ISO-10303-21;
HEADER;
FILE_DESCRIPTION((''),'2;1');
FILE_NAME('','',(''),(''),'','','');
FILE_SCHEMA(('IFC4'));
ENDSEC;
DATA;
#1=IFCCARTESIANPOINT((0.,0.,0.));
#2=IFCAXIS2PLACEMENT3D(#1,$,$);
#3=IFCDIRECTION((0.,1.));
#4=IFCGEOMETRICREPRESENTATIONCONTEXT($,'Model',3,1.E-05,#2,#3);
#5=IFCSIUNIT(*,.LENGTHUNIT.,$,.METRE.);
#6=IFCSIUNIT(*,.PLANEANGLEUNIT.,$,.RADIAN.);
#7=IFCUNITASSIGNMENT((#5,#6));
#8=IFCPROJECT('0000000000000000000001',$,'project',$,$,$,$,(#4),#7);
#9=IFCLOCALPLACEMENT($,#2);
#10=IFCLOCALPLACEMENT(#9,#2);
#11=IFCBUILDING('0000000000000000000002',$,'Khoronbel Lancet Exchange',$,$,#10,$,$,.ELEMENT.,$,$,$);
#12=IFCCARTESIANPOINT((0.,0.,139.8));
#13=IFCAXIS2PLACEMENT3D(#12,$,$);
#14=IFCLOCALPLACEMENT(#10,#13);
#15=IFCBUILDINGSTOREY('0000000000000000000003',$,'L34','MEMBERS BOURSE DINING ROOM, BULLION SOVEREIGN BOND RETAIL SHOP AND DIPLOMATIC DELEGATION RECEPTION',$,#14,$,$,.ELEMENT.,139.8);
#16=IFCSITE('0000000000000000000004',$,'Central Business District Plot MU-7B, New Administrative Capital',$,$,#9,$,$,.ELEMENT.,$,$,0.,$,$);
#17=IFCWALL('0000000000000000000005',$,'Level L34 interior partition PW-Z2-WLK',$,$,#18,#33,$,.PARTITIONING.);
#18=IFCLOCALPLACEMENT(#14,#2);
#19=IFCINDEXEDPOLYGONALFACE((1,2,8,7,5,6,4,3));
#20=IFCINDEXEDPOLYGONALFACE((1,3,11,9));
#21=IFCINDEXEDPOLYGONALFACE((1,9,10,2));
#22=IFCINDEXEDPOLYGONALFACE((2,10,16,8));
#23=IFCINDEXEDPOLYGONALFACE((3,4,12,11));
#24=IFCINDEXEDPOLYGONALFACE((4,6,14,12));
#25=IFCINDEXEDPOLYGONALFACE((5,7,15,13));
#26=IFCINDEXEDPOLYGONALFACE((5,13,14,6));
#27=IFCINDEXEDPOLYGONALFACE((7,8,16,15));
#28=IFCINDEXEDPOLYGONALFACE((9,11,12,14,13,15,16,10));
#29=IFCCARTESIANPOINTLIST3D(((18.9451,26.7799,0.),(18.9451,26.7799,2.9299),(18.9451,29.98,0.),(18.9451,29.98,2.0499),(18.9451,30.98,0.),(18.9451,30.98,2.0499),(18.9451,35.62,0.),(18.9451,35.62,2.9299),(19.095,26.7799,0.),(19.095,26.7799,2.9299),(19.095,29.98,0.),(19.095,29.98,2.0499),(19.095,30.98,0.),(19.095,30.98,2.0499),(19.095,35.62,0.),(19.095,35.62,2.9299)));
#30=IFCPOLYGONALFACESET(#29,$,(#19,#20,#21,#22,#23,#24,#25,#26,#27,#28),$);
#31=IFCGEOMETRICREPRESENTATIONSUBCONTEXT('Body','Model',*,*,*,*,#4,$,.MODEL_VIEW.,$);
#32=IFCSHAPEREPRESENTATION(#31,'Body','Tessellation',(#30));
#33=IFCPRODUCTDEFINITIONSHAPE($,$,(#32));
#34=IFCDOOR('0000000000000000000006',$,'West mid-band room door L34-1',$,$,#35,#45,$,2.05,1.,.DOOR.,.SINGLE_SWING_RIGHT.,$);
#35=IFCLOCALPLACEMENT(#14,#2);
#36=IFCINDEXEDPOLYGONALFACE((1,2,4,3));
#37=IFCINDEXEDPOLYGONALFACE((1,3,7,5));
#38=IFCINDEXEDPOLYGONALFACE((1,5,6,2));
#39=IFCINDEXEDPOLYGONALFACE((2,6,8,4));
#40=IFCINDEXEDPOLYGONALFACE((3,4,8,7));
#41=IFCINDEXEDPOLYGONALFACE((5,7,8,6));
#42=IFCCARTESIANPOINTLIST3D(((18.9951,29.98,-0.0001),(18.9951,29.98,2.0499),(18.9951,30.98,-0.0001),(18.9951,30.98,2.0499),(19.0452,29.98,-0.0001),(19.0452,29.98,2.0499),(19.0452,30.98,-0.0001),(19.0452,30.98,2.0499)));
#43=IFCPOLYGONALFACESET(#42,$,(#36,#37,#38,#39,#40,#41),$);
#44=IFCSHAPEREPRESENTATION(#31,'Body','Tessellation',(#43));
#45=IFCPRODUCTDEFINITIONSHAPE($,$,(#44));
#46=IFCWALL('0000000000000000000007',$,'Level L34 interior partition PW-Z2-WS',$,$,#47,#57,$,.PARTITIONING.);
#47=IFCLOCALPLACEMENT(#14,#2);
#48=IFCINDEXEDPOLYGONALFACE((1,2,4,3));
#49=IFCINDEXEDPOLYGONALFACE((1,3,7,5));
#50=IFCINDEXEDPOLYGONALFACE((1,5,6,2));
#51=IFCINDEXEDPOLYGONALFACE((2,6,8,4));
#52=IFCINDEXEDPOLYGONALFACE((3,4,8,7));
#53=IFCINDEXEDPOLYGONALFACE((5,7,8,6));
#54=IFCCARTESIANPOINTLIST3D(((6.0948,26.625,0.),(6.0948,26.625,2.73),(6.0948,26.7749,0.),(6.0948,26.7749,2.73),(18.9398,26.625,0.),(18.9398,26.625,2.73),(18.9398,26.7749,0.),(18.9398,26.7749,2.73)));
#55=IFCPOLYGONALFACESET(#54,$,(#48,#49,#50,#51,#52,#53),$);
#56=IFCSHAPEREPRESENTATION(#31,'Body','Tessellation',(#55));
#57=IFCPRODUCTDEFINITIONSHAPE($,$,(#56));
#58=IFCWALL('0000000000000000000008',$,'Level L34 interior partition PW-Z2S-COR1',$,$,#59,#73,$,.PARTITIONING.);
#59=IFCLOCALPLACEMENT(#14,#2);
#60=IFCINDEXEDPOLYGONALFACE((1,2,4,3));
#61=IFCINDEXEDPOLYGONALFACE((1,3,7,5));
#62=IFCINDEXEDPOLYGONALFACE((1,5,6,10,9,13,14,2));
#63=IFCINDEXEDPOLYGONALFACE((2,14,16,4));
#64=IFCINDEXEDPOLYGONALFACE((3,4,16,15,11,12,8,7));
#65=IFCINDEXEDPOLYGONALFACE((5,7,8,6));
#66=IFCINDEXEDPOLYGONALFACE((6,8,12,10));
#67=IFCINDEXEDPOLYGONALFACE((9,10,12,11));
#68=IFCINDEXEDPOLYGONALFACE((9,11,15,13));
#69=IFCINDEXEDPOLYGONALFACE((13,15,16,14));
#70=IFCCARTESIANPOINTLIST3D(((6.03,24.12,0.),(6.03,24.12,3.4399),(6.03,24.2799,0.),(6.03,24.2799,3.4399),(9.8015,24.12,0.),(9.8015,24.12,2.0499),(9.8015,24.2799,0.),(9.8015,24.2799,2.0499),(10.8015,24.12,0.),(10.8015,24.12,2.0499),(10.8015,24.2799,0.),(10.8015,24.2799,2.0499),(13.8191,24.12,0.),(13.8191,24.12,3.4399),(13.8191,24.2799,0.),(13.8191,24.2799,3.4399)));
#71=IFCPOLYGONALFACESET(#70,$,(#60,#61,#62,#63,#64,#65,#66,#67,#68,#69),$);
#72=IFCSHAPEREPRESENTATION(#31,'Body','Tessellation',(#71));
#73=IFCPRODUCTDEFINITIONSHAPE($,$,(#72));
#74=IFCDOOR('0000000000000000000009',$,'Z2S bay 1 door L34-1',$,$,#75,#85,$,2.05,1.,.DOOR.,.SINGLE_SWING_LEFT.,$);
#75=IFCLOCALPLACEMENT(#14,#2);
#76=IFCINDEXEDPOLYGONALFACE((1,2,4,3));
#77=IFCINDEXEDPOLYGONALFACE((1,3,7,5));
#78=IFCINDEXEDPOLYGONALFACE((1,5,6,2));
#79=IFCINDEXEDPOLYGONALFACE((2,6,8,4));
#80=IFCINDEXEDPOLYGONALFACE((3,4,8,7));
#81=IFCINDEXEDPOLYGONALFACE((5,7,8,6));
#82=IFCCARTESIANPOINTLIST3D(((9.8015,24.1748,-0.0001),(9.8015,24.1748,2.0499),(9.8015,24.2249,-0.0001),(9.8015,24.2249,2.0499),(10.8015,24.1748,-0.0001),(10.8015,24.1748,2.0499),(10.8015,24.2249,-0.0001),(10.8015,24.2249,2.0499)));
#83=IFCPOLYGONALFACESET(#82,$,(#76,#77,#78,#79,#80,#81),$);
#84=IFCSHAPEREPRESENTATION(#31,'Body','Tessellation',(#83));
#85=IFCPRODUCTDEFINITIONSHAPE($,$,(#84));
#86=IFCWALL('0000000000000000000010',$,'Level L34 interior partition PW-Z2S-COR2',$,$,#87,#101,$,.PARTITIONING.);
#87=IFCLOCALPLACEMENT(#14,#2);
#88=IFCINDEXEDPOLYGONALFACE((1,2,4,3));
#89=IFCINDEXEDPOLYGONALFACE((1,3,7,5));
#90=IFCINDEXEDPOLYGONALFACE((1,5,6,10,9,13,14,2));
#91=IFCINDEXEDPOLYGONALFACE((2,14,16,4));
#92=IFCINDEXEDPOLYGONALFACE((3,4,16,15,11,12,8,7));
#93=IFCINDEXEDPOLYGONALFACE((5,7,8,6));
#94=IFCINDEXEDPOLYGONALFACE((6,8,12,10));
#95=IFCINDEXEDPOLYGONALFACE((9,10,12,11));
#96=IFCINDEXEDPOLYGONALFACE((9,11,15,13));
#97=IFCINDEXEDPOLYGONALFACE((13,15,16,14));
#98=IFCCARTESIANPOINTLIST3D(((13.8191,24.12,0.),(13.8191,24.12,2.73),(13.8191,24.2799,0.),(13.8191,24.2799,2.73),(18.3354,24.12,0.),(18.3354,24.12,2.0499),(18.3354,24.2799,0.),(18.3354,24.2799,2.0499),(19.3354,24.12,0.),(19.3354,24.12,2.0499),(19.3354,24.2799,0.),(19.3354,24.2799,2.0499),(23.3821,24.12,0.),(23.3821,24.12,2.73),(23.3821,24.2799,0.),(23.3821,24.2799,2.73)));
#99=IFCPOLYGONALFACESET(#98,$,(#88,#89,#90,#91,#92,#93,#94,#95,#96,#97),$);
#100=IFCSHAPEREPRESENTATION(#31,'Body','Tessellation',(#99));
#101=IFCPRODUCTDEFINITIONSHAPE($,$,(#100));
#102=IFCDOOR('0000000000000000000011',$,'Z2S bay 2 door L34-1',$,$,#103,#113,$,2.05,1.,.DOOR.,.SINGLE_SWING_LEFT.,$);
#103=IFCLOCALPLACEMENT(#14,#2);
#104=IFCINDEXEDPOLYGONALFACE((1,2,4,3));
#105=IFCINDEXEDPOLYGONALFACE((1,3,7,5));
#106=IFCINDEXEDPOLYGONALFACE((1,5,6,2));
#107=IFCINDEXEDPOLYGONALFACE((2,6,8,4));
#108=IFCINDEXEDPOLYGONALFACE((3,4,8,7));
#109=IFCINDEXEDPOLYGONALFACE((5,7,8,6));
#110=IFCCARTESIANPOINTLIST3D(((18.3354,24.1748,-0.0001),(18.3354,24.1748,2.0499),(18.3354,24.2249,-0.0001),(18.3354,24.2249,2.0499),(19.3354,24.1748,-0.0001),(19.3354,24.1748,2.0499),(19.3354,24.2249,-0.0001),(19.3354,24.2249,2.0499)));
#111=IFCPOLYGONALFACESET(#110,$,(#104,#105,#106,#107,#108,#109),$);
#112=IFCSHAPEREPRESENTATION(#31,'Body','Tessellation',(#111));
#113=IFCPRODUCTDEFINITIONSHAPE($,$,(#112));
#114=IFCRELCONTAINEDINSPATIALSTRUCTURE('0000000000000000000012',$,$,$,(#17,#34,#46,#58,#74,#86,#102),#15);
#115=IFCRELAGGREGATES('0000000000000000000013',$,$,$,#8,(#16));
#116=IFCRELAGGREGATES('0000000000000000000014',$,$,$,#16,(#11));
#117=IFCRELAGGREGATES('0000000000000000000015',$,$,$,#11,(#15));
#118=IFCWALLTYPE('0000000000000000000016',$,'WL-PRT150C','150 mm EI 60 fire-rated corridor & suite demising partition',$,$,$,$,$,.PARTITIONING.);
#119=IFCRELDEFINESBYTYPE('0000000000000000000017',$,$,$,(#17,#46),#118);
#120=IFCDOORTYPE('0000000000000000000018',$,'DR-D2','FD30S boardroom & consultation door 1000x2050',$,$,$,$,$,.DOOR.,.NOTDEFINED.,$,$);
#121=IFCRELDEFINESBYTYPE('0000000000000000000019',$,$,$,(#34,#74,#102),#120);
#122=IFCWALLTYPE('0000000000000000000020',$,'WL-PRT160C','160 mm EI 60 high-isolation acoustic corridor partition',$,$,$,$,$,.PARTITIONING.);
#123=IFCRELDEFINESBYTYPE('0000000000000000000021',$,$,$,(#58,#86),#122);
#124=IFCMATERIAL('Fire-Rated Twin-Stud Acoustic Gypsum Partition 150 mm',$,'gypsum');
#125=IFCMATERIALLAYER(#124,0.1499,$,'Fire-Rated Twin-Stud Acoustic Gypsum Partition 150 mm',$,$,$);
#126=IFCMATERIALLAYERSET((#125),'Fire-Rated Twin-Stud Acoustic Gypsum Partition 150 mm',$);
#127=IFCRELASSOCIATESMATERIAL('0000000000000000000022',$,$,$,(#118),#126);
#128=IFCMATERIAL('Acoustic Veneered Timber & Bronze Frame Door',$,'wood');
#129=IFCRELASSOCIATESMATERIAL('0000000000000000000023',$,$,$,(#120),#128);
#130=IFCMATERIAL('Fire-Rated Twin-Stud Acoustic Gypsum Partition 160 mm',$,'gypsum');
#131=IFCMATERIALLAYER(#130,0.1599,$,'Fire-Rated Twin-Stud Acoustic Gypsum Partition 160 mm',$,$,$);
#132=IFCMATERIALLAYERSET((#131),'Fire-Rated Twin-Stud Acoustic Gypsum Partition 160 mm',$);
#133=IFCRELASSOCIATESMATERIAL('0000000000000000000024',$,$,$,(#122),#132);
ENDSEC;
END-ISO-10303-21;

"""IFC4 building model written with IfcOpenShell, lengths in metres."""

from ifc_helpers import new_model, si_unit, direction, frame, frame_2d, origin, place, context, subcontext, project, spatial, rectangle, extrude, material, layer, layer_set, type_object, element, fill, save


model = new_model("IFC4")

# Units and contexts
model_context = context("Model", 3, precision=1e-05, world=origin(), true_north=direction((0.0, 1.0)))
body_context = subcontext(model_context, "Body", "Model", "MODEL_VIEW")
ifc_project = project(units=[si_unit("LENGTHUNIT", "METRE"), si_unit("PLANEANGLEUNIT", "RADIAN")], contexts=[model_context])

# Site, building, storey
site_placement = place(None, origin())
site = spatial("IfcSite", under=ifc_project, at=site_placement, Name="Central Business District Plot MU-7B, New Administrative Capital", CompositionType="ELEMENT", RefElevation=0.0)
building_placement = place(site_placement, origin())
building = spatial("IfcBuilding", under=site, at=building_placement, Name="Khoronbel Lancet Exchange", CompositionType="ELEMENT")
storey_placement = place(building_placement, frame((0.0, 0.0, 139.8)))
storey = spatial("IfcBuildingStorey", under=building, at=storey_placement, Name="L34", Description="MEMBERS BOURSE DINING ROOM, BULLION SOVEREIGN BOND RETAIL SHOP AND DIPLOMATIC DELEGATION RECEPTION", CompositionType="ELEMENT", Elevation=139.8)

# Wall, opening, door
ifc_material_1 = material(Name="Fire-Rated Twin-Stud Acoustic Gypsum Partition 150 mm", Category="gypsum")
ifc_layer_1 = layer(ifc_material_1, 0.1499, Name="Fire-Rated Twin-Stud Acoustic Gypsum Partition 150 mm")
ifc_layer_set_1 = layer_set([ifc_layer_1], Name="Fire-Rated Twin-Stud Acoustic Gypsum Partition 150 mm")
wall_type_1 = type_object("IfcWallType", Name="WL-PRT150C", Description="150 mm EI 60 fire-rated corridor & suite demising partition", PredefinedType="PARTITIONING", material=ifc_layer_set_1)
wall_1_placement = place(storey_placement, frame((19.02, 26.78, 0.0), z_axis=(0.0, 0.0, 1.0), x_axis=(0.0, 1.0, 0.0)))
wall_1 = element("IfcWall", 1, at=wall_1_placement, inside=storey, type_object=wall_type_1, Name="Level L34 interior partition PW-Z2-WLK", PredefinedType="PARTITIONING", context=body_context, shape_type="SweptSolid", body=[
    extrude(rectangle(XDim=8.8401, YDim=0.1499, at=frame_2d((4.4199, 0.0))), origin(), (0.0, 0.0, 1.0), 2.9299),
])
opening_1_placement = place(wall_1_placement, frame((3.2, 0.0, 0.0)))
opening_1 = element("IfcOpeningElement", 2, at=opening_1_placement, cuts=wall_1, PredefinedType="OPENING", context=body_context, shape_type="SweptSolid", body=[
    extrude(rectangle(XDim=1.0, YDim=2.05, at=frame_2d((0.5, 1.0249))), frame((0.0, 0.085, 0.0), z_axis=(0.0, -1.0, 0.0), x_axis=(1.0, 0.0, 0.0)), (0.0, 0.0, 1.0), 0.1699),
])
ifc_material_2 = material(Name="Acoustic Veneered Timber & Bronze Frame Door", Category="wood")
door_type_1 = type_object("IfcDoorType", Name="DR-D2", Description="FD30S boardroom & consultation door 1000x2050", OperationType="NOTDEFINED", PredefinedType="DOOR", material=ifc_material_2)
door_1_placement = place(opening_1_placement, origin())
door_1 = element("IfcDoor", 3, at=door_1_placement, inside=storey, type_object=door_type_1, Name="West mid-band room door L34-1", OperationType="SINGLE_SWING_RIGHT", OverallHeight=2.05, OverallWidth=1.0, PredefinedType="DOOR", context=body_context, shape_type="SweptSolid", body=[
    extrude(rectangle(XDim=1.0, YDim=2.05, at=frame_2d((0.5, 1.0249))), frame((0.0, 0.0249, 0.0), z_axis=(0.0, -1.0, 0.0), x_axis=(1.0, 0.0, 0.0)), (0.0, 0.0, 1.0), 0.05),
])
fill(opening_1, door_1)

# Wall
wall_2_placement = place(storey_placement, frame((6.095, 26.7, 0.0), z_axis=(0.0, 0.0, 1.0), x_axis=(1.0, 0.0, 0.0)))
element("IfcWall", 4, at=wall_2_placement, inside=storey, type_object=wall_type_1, Name="Level L34 interior partition PW-Z2-WS", PredefinedType="PARTITIONING", context=body_context, shape_type="SweptSolid", body=[
    extrude(rectangle(XDim=12.845, YDim=0.1499, at=frame_2d((6.4224, 0.0))), origin(), (0.0, 0.0, 1.0), 2.73),
])

# Walls, openings, doors
ifc_material_3 = material(Name="Fire-Rated Twin-Stud Acoustic Gypsum Partition 160 mm", Category="gypsum")
ifc_layer_2 = layer(ifc_material_3, 0.1599, Name="Fire-Rated Twin-Stud Acoustic Gypsum Partition 160 mm")
ifc_layer_set_2 = layer_set([ifc_layer_2], Name="Fire-Rated Twin-Stud Acoustic Gypsum Partition 160 mm")
wall_type_2 = type_object("IfcWallType", Name="WL-PRT160C", Description="160 mm EI 60 high-isolation acoustic corridor partition", PredefinedType="PARTITIONING", material=ifc_layer_set_2)
wall_3_placement = place(storey_placement, frame((6.03, 24.2, 0.0), z_axis=(0.0, 0.0, 1.0), x_axis=(1.0, 0.0, 0.0)))
wall_3 = element("IfcWall", 5, at=wall_3_placement, inside=storey, type_object=wall_type_2, Name="Level L34 interior partition PW-Z2S-COR1", PredefinedType="PARTITIONING", context=body_context, shape_type="SweptSolid", body=[
    extrude(rectangle(XDim=7.7891, YDim=0.1599, at=frame_2d((3.8945, 0.0))), origin(), (0.0, 0.0, 1.0), 3.4399),
])
opening_2_placement = place(wall_3_placement, frame((3.7715, 0.0, 0.0)))
opening_2 = element("IfcOpeningElement", 6, at=opening_2_placement, cuts=wall_3, PredefinedType="OPENING", context=body_context, shape_type="SweptSolid", body=[
    extrude(rectangle(XDim=1.0, YDim=2.05, at=frame_2d((0.5, 1.0249))), frame((0.0, 0.0898, 0.0), z_axis=(0.0, -1.0, 0.0), x_axis=(1.0, 0.0, 0.0)), (0.0, 0.0, 1.0), 0.1799),
])
door_2_placement = place(opening_2_placement, origin())
door_2 = element("IfcDoor", 7, at=door_2_placement, inside=storey, type_object=door_type_1, Name="Z2S bay 1 door L34-1", OperationType="SINGLE_SWING_LEFT", OverallHeight=2.05, OverallWidth=1.0, PredefinedType="DOOR", context=body_context, shape_type="SweptSolid", body=[
    extrude(rectangle(XDim=1.0, YDim=2.05, at=frame_2d((0.5, 1.0249))), frame((0.0, 0.0249, 0.0), z_axis=(0.0, -1.0, 0.0), x_axis=(1.0, 0.0, 0.0)), (0.0, 0.0, 1.0), 0.05),
])
fill(opening_2, door_2)
wall_4_placement = place(storey_placement, frame((13.8191, 24.2, 0.0), z_axis=(0.0, 0.0, 1.0), x_axis=(1.0, 0.0, 0.0)))
wall_4 = element("IfcWall", 8, at=wall_4_placement, inside=storey, type_object=wall_type_2, Name="Level L34 interior partition PW-Z2S-COR2", PredefinedType="PARTITIONING", context=body_context, shape_type="SweptSolid", body=[
    extrude(rectangle(XDim=9.563, YDim=0.1599, at=frame_2d((4.7815, 0.0))), origin(), (0.0, 0.0, 1.0), 2.73),
])
opening_3_placement = place(wall_4_placement, frame((4.5164, 0.0, 0.0)))
opening_3 = element("IfcOpeningElement", 9, at=opening_3_placement, cuts=wall_4, PredefinedType="OPENING", context=body_context, shape_type="SweptSolid", body=[
    extrude(rectangle(XDim=1.0, YDim=2.05, at=frame_2d((0.5, 1.0249))), frame((0.0, 0.0898, 0.0), z_axis=(0.0, -1.0, 0.0), x_axis=(1.0, 0.0, 0.0)), (0.0, 0.0, 1.0), 0.1799),
])
door_3_placement = place(opening_3_placement, origin())
door_3 = element("IfcDoor", 10, at=door_3_placement, inside=storey, type_object=door_type_1, Name="Z2S bay 2 door L34-1", OperationType="SINGLE_SWING_LEFT", OverallHeight=2.05, OverallWidth=1.0, PredefinedType="DOOR", context=body_context, shape_type="SweptSolid", body=[
    extrude(rectangle(XDim=1.0, YDim=2.05, at=frame_2d((0.5, 1.0249))), frame((0.0, 0.0249, 0.0), z_axis=(0.0, -1.0, 0.0), x_axis=(1.0, 0.0, 0.0)), (0.0, 0.0, 1.0), 0.05),
])
fill(opening_3, door_3)

save(model, "model.ifc")
